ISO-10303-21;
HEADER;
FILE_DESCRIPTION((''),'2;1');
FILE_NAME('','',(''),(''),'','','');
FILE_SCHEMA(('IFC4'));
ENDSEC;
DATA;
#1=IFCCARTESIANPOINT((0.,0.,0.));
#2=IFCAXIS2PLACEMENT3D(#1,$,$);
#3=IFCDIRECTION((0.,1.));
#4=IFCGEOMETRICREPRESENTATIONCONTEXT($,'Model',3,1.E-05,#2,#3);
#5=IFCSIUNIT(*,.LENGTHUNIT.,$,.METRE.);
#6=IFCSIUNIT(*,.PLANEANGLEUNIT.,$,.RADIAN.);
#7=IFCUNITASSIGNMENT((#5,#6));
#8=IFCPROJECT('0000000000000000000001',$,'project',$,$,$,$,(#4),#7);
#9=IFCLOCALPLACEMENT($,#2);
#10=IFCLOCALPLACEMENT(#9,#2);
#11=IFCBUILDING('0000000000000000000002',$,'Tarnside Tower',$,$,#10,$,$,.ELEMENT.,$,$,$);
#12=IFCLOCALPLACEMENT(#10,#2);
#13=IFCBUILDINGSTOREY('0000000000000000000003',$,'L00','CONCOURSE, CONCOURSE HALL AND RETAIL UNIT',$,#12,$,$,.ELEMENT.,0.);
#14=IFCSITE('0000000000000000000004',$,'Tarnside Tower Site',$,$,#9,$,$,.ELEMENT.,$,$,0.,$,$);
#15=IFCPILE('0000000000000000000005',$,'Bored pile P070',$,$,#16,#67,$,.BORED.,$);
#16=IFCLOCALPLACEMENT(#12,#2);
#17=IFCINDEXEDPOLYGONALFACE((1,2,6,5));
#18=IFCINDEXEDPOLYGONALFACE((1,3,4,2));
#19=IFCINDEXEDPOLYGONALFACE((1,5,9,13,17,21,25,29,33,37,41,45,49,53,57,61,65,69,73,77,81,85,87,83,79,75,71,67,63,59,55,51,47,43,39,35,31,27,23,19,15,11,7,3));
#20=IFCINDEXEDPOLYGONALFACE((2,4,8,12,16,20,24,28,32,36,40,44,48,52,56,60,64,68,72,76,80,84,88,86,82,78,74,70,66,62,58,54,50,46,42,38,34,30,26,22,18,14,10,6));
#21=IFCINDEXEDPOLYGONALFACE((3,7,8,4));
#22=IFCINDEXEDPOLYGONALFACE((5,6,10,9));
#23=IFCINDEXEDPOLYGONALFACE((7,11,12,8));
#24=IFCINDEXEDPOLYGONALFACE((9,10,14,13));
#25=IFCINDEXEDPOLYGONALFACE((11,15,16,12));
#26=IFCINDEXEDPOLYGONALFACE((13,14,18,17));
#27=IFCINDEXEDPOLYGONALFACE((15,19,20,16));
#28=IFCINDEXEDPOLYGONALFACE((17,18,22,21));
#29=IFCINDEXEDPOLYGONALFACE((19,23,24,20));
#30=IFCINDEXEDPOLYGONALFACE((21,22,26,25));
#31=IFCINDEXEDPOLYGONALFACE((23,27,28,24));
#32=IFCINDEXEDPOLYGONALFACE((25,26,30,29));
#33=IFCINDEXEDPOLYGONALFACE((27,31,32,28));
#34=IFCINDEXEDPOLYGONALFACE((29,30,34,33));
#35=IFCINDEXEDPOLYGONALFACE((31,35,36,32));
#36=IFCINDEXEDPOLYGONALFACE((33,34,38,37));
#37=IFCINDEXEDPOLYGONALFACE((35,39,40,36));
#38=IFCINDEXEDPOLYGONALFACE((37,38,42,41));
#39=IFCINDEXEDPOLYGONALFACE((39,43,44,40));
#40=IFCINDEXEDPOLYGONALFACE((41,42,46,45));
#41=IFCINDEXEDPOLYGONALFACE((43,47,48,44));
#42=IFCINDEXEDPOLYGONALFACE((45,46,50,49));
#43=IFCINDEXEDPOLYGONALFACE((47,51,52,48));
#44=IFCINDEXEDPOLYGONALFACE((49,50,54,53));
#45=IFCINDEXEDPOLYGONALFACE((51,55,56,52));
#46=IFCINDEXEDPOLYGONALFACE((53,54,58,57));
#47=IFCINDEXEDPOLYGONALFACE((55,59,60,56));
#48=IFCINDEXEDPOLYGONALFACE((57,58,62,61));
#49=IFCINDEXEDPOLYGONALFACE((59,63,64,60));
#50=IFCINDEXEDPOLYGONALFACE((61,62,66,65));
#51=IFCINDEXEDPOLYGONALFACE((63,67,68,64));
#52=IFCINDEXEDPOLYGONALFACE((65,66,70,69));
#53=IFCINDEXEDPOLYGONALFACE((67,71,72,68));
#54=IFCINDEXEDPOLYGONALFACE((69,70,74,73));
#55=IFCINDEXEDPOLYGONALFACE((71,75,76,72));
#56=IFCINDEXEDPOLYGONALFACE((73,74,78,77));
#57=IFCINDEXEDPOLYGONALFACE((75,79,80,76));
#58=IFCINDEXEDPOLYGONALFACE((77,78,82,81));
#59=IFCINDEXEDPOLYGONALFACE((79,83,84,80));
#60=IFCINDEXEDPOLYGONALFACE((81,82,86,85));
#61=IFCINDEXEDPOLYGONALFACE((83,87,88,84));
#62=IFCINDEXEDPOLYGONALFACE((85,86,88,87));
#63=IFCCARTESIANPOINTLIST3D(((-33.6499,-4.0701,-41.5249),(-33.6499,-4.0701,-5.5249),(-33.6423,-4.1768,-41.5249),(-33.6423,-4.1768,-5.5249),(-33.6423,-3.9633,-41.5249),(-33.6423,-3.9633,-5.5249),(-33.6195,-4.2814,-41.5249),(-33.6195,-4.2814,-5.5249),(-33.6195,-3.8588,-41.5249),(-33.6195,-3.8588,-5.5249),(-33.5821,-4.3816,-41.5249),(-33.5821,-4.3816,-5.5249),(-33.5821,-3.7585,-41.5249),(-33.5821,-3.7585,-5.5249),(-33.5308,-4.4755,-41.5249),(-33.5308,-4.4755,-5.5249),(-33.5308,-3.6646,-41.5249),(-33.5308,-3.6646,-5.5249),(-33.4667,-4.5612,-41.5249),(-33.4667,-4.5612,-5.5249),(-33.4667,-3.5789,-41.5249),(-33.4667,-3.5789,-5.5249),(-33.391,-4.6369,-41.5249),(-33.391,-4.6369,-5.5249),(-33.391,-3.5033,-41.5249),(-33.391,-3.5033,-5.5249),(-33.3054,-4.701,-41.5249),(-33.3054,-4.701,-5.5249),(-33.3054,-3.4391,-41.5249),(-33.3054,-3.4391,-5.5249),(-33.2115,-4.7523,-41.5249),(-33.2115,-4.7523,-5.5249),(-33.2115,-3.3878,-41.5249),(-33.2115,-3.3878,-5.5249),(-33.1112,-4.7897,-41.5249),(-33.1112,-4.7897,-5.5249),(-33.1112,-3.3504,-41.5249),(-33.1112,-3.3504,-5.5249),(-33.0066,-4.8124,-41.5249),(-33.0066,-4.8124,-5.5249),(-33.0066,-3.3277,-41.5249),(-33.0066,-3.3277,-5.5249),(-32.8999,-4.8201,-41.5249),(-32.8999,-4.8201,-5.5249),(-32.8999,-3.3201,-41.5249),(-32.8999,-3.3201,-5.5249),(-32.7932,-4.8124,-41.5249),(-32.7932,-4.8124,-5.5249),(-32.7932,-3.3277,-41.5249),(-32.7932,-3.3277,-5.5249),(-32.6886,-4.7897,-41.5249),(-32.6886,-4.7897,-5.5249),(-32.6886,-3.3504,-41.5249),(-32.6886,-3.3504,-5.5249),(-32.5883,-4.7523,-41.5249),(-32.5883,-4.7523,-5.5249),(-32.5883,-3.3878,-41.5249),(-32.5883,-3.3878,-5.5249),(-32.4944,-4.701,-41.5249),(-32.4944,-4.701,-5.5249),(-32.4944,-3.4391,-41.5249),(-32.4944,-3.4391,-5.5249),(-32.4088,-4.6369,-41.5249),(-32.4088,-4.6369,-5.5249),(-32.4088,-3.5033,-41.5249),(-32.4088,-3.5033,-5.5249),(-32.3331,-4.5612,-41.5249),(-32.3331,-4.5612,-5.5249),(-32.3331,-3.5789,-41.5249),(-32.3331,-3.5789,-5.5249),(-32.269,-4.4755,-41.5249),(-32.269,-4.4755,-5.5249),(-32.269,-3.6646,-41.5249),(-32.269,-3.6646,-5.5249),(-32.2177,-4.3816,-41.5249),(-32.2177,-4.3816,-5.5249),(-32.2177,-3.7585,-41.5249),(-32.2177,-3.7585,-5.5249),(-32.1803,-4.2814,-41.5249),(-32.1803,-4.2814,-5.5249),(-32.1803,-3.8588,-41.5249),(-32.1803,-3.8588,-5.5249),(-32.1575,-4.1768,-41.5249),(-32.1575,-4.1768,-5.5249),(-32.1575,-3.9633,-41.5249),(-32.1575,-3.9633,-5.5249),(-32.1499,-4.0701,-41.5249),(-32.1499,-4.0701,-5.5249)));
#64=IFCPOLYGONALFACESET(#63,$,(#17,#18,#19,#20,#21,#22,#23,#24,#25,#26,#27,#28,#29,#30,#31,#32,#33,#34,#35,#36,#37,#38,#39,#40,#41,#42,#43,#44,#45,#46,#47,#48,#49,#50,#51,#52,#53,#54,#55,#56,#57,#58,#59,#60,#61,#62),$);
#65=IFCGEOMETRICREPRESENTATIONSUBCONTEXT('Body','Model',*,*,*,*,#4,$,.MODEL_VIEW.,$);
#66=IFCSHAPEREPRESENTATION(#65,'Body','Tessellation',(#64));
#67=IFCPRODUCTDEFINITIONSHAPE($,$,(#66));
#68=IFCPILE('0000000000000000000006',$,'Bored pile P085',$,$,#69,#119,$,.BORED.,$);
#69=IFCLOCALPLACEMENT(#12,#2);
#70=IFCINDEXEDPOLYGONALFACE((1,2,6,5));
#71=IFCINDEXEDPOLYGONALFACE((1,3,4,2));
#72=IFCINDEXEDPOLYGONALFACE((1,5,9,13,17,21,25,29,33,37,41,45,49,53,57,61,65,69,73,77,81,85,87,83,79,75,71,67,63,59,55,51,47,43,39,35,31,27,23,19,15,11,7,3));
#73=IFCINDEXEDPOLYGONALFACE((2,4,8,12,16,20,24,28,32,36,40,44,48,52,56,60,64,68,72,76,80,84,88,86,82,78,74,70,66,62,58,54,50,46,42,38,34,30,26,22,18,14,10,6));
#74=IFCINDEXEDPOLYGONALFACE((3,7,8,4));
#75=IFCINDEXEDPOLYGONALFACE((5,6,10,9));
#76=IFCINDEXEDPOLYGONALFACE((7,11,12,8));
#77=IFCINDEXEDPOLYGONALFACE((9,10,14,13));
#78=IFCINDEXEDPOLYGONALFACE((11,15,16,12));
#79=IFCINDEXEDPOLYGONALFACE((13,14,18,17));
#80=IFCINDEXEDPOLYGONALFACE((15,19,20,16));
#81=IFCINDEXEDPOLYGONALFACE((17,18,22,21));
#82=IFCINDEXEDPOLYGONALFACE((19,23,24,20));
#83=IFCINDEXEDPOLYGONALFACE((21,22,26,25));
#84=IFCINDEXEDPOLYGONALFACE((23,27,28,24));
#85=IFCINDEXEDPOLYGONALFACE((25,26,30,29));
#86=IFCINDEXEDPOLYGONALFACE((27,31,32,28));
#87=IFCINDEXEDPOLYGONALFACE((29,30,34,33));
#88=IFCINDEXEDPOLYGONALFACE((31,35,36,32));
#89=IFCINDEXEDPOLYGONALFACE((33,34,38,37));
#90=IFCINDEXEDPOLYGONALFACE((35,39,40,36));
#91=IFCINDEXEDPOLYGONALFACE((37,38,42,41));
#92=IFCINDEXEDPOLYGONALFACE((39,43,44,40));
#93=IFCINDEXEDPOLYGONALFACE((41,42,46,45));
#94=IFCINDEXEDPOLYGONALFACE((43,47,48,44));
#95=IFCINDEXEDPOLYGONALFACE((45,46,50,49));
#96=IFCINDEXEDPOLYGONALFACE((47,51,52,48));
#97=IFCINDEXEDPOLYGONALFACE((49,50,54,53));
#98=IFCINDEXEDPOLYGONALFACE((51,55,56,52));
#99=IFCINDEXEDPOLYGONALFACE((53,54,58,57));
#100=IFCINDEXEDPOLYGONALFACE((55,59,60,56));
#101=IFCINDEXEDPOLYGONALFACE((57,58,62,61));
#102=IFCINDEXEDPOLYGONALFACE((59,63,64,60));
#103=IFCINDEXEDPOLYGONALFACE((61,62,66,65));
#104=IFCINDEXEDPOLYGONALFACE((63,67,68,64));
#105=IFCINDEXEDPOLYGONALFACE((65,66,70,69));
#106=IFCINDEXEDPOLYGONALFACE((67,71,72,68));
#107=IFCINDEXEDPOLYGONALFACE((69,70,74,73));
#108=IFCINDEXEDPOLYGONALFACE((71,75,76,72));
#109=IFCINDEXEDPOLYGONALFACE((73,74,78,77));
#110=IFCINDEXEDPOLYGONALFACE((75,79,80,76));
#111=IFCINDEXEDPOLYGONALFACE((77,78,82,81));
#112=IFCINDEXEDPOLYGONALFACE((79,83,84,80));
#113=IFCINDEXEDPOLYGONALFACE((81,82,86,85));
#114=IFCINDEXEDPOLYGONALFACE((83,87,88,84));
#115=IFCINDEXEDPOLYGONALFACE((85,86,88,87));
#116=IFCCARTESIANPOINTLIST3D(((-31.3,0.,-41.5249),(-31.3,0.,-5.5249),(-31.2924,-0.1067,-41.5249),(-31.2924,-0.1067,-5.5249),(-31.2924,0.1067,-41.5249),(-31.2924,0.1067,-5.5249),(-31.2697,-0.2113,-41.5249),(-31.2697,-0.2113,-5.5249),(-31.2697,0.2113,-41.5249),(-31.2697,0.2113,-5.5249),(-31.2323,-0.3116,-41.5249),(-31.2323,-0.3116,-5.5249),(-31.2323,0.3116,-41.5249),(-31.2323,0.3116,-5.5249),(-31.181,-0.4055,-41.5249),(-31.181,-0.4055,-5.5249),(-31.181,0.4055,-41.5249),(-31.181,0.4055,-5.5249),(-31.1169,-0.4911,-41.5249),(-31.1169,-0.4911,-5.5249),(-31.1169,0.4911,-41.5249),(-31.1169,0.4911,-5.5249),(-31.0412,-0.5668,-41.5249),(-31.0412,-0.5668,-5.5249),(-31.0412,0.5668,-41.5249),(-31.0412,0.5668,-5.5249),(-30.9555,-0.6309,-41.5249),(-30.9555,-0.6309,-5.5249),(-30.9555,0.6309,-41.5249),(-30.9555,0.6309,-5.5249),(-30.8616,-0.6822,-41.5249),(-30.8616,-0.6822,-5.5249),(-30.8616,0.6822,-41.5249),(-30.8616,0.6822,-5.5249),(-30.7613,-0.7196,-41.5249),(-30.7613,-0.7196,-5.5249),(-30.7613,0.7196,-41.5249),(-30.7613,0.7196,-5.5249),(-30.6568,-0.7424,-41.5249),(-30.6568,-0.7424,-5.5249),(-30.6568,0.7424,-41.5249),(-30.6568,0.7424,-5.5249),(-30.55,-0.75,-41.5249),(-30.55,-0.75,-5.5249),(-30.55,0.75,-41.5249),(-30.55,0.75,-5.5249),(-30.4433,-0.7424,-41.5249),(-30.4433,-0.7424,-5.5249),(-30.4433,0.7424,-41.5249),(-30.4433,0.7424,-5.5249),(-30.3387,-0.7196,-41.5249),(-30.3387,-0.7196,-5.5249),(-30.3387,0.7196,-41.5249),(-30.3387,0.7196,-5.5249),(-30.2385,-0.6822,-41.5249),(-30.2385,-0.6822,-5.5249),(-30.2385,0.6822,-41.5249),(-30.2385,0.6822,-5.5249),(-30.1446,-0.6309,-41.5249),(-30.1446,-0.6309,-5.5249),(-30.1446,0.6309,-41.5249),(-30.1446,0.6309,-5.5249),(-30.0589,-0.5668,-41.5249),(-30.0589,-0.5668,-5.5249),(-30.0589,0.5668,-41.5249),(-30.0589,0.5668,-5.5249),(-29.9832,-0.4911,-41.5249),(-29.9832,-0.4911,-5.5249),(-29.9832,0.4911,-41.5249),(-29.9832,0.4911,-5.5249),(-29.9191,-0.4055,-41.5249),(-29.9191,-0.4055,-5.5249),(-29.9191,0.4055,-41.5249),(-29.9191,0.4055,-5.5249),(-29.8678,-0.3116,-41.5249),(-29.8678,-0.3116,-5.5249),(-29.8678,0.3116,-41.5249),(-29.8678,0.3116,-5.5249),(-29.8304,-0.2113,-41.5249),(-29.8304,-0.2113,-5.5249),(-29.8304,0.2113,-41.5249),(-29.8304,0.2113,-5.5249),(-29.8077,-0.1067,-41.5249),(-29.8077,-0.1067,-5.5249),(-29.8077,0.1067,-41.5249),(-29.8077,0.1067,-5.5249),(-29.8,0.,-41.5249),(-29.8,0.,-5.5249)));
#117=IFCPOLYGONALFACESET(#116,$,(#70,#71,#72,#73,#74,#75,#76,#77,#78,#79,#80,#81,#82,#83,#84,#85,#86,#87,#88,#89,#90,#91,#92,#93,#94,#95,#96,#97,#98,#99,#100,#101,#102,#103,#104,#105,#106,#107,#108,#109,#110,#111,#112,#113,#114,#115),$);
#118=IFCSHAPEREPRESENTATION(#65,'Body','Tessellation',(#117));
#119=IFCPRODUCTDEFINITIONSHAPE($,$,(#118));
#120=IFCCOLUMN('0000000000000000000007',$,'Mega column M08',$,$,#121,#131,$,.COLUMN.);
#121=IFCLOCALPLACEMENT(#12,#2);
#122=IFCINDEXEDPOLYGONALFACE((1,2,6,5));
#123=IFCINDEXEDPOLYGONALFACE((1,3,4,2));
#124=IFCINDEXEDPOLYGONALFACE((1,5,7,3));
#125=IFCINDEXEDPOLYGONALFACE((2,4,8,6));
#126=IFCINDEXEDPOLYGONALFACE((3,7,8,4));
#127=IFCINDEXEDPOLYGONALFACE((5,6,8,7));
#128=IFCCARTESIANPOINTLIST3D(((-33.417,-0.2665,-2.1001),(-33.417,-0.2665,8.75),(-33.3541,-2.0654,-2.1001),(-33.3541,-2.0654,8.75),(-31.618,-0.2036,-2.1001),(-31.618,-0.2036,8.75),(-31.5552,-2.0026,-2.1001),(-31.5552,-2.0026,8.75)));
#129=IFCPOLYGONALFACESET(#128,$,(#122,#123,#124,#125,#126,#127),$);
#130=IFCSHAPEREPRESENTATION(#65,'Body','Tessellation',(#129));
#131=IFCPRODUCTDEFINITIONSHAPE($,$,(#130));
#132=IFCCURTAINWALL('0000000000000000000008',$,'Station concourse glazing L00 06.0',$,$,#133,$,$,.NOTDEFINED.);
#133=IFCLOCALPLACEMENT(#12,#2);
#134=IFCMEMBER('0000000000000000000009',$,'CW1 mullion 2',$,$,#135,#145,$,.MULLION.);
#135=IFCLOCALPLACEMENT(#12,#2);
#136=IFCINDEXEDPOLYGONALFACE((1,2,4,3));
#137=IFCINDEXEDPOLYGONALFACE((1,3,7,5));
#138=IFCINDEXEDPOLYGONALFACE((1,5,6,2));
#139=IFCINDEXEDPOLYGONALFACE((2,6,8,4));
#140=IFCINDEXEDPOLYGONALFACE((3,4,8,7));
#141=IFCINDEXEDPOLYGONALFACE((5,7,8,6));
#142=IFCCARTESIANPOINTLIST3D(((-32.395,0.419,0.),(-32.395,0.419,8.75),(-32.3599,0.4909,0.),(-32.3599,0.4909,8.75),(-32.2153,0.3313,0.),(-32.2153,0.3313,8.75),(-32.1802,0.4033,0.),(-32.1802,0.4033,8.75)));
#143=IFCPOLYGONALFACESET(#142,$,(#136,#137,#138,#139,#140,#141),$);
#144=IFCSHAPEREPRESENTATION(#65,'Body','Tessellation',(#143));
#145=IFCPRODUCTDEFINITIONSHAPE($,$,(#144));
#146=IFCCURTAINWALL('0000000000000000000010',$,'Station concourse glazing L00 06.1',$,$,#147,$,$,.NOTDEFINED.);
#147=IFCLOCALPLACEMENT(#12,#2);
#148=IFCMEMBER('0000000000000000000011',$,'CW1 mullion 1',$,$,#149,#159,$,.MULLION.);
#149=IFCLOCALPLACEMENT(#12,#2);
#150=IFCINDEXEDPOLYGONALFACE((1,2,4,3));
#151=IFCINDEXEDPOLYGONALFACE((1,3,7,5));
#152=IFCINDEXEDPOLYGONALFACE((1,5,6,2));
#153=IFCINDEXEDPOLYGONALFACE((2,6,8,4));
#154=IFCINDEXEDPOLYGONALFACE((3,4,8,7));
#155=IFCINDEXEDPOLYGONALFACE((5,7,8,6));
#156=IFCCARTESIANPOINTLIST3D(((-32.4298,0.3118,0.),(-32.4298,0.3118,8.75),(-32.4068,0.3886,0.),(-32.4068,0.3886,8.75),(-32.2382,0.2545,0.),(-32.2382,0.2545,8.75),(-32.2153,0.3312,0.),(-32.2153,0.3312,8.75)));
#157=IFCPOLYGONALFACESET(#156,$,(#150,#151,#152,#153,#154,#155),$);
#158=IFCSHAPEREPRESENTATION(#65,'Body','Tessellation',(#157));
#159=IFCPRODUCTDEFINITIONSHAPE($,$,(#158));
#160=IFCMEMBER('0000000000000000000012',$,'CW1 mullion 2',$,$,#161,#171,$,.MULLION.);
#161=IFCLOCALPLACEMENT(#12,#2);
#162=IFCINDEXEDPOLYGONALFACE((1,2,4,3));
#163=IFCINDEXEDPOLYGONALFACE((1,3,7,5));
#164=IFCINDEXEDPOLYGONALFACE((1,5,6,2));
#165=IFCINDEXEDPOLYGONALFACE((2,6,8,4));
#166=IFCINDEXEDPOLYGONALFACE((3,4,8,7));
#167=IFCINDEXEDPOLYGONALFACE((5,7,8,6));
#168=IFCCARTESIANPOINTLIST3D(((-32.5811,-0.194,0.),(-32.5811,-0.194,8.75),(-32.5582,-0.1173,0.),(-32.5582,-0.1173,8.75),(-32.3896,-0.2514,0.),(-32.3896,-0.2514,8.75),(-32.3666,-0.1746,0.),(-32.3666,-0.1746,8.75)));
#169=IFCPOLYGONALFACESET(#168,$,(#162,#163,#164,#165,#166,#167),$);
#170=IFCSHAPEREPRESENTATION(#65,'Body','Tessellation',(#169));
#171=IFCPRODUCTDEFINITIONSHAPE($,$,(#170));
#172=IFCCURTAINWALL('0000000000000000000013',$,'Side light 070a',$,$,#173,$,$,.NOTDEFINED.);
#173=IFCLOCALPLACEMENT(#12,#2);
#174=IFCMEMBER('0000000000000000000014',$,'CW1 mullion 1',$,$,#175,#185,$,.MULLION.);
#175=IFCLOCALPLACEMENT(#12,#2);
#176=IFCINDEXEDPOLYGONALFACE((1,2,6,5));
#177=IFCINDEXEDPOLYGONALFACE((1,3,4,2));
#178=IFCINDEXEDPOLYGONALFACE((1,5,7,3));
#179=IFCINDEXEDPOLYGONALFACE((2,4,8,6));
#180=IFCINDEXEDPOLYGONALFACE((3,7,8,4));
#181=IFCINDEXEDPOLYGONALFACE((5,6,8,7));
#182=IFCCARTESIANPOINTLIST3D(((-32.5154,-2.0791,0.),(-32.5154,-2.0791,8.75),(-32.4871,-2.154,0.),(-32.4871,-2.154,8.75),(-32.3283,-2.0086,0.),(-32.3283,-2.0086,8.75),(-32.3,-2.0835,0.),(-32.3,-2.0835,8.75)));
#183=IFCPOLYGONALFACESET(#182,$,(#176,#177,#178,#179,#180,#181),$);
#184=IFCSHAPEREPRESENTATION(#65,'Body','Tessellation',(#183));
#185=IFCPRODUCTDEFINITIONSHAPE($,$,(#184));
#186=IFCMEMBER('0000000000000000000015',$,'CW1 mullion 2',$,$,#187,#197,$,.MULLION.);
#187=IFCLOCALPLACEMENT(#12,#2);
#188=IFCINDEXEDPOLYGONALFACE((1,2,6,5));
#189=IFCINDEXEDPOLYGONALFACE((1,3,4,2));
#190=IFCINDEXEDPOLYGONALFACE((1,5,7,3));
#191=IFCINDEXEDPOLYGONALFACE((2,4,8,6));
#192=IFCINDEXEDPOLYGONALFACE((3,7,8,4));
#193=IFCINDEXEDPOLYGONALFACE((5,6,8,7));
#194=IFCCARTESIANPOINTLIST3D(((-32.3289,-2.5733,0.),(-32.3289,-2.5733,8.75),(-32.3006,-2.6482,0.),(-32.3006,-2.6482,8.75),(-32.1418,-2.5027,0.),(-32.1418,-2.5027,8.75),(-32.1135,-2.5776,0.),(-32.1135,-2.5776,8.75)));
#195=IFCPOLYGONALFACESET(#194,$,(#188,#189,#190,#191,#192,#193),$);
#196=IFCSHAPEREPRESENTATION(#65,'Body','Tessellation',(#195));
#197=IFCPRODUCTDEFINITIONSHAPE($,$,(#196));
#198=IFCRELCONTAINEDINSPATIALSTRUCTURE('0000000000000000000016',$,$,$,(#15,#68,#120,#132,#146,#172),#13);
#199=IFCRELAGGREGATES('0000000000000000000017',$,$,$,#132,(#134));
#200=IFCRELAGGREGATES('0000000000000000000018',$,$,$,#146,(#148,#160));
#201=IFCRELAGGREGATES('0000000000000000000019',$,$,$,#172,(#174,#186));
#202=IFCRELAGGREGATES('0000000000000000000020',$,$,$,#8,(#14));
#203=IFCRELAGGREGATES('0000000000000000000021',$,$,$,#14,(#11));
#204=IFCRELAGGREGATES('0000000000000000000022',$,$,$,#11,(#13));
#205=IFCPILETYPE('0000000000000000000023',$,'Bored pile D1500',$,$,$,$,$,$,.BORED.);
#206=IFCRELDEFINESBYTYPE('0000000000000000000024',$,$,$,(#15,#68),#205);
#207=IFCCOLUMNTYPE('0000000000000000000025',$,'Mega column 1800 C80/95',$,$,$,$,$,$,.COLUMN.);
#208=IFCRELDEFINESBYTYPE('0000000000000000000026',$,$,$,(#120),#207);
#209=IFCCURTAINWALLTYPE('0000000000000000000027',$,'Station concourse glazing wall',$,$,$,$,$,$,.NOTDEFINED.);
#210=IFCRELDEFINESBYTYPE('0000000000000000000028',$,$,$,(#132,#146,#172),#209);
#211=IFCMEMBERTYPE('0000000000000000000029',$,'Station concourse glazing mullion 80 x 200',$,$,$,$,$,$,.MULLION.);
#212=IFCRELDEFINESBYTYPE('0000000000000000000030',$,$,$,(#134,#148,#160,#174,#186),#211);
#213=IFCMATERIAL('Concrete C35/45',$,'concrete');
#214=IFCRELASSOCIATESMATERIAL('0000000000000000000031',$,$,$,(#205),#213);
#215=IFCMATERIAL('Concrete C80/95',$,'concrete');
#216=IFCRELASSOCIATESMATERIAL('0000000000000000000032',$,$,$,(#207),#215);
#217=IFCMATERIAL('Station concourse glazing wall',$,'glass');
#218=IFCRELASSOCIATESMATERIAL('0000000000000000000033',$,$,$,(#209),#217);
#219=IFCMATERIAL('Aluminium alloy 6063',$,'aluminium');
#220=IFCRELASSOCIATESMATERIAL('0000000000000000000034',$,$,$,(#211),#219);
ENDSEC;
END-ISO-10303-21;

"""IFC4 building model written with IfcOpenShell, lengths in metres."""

from ifc_helpers import new_model, si_unit, direction, frame, origin, origin_2d, place, context, subcontext, project, spatial, rectangle, circle, extrude, material, material_profile, profile_set, type_object, element, aggregate, save


model = new_model("IFC4")

# Units and contexts
model_context = context("Model", 3, precision=1e-05, world=origin(), true_north=direction((0.0, 1.0)))
body_context = subcontext(model_context, "Body", "Model", "MODEL_VIEW")
ifc_project = project(units=[si_unit("LENGTHUNIT", "METRE"), si_unit("PLANEANGLEUNIT", "RADIAN")], contexts=[model_context])

# Site, building, storey
site_placement = place(None, origin())
site = spatial("IfcSite", under=ifc_project, at=site_placement, Name="Tarnside Tower Site", CompositionType="ELEMENT", RefElevation=0.0)
building_placement = place(site_placement, origin())
building = spatial("IfcBuilding", under=site, at=building_placement, Name="Tarnside Tower", CompositionType="ELEMENT")
storey_placement = place(building_placement, origin())
storey = spatial("IfcBuildingStorey", under=building, at=storey_placement, Name="L00", Description="CONCOURSE, CONCOURSE HALL AND RETAIL UNIT", CompositionType="ELEMENT", Elevation=0.0)

# Piles
ifc_material_1 = material(Name="Concrete C35/45", Category="concrete")
ifc_material_profile_1 = material_profile(ifc_material_1, circle(Radius=0.75, at=origin_2d()), Name="Bored pile D1500")
ifc_profile_set_1 = profile_set([ifc_material_profile_1], Name="Concrete C35/45")
pile_type = type_object("IfcPileType", Name="Bored pile D1500", PredefinedType="BORED", material=ifc_profile_set_1)
for number, where, z_axis, x_axis, name in (
    (1, (-32.8999, -4.0701, -5.5249), (0.0, 0.0, -1.0), (1.0, 0.0, 0.0), "Bored pile P070"),
    (2, (-30.55, 0.0, -5.5249), (0.0, 0.0, -1.0), (1.0, 0.0, 0.0), "Bored pile P085"),
):
    element("IfcPile", number, at=place(storey_placement, frame(where, z_axis=z_axis, x_axis=x_axis)), inside=storey, type_object=pile_type, Name=name, PredefinedType="BORED", context=body_context, shape_type="SweptSolid", body=[
        extrude(circle(Radius=0.75, at=origin_2d()), origin(), (0.0, 0.0, 1.0), 36.0),
    ])

# Column
ifc_material_2 = material(Name="Concrete C80/95", Category="concrete")
ifc_material_profile_2 = material_profile(ifc_material_2, rectangle(XDim=1.8, YDim=1.8, at=origin_2d()), Name="Mega column 1800x1800")
ifc_profile_set_2 = profile_set([ifc_material_profile_2], Name="Concrete C80/95")
column_type = type_object("IfcColumnType", Name="Mega column 1800 C80/95", PredefinedType="COLUMN", material=ifc_profile_set_2)
column_placement = place(storey_placement, frame((-32.4861, -1.1345, -2.1001), z_axis=(0.0, 0.0, 1.0), x_axis=(-0.034899, 0.999391, 0.0)))
element("IfcColumn", 3, at=column_placement, inside=storey, type_object=column_type, Name="Mega column M08", PredefinedType="COLUMN", context=body_context, shape_type="SweptSolid", body=[
    extrude(rectangle(XDim=1.8, YDim=1.8, at=origin_2d()), origin(), (0.0, 0.0, 1.0), 10.8501),
])

# Curtain wall, member
ifc_material_3 = material(Name="Station concourse glazing wall", Category="glass")
curtain_wall_type = type_object("IfcCurtainWallType", Name="Station concourse glazing wall", PredefinedType="NOTDEFINED", material=ifc_material_3)
curtain_wall_1_placement = place(storey_placement, origin())
curtain_wall_1 = element("IfcCurtainWall", 4, at=curtain_wall_1_placement, inside=storey, type_object=curtain_wall_type, Name="Station concourse glazing L00 06.0", PredefinedType="NOTDEFINED")
ifc_material_4 = material(Name="Aluminium alloy 6063", Category="aluminium")
ifc_material_profile_3 = material_profile(ifc_material_4, rectangle(XDim=0.2, YDim=0.0801, at=origin_2d()), Name="Station concourse glazing mullion 80 x 200")
ifc_profile_set_3 = profile_set([ifc_material_profile_3], Name="Aluminium alloy 6063")
member_type = type_object("IfcMemberType", Name="Station concourse glazing mullion 80 x 200", PredefinedType="MULLION", material=ifc_profile_set_3)
member_1_placement = place(storey_placement, frame((-32.2876, 0.4111, 0.0), z_axis=(0.0, 0.0, 1.0), x_axis=(0.898794, -0.438371, 0.0)))
member_1 = element("IfcMember", 5, at=member_1_placement, type_object=member_type, Name="CW1 mullion 2", PredefinedType="MULLION", context=body_context, shape_type="SweptSolid", body=[
    extrude(rectangle(XDim=0.2, YDim=0.0801, at=origin_2d()), origin(), (0.0, 0.0, 1.0), 8.75),
])
aggregate(curtain_wall_1, [member_1])

# Curtain walls, members
curtain_wall_2_placement = place(storey_placement, origin())
curtain_wall_2 = element("IfcCurtainWall", 6, at=curtain_wall_2_placement, inside=storey, type_object=curtain_wall_type, Name="Station concourse glazing L00 06.1", PredefinedType="NOTDEFINED")
member_2_placement = place(storey_placement, frame((-32.3225, 0.3215, 0.0), z_axis=(0.0, 0.0, 1.0), x_axis=(0.95799, -0.286803, 0.0)))
member_2 = element("IfcMember", 7, at=member_2_placement, type_object=member_type, Name="CW1 mullion 1", PredefinedType="MULLION", context=body_context, shape_type="SweptSolid", body=[
    extrude(rectangle(XDim=0.2, YDim=0.0801, at=origin_2d()), origin(), (0.0, 0.0, 1.0), 8.75),
])
member_3_placement = place(storey_placement, frame((-32.4739, -0.1843, 0.0), z_axis=(0.0, 0.0, 1.0), x_axis=(0.95799, -0.286803, 0.0)))
member_3 = element("IfcMember", 8, at=member_3_placement, type_object=member_type, Name="CW1 mullion 2", PredefinedType="MULLION", context=body_context, shape_type="SweptSolid", body=[
    extrude(rectangle(XDim=0.2, YDim=0.0801, at=origin_2d()), origin(), (0.0, 0.0, 1.0), 8.75),
])
aggregate(curtain_wall_2, [member_2, member_3])
curtain_wall_3_placement = place(storey_placement, origin())
curtain_wall_3 = element("IfcCurtainWall", 9, at=curtain_wall_3_placement, inside=storey, type_object=curtain_wall_type, Name="Side light 070a", PredefinedType="NOTDEFINED")
member_4_placement = place(storey_placement, frame((-32.4077, -2.0813, 0.0), z_axis=(0.0, 0.0, 1.0), x_axis=(0.93565, 0.352931, 0.0)))
member_4 = element("IfcMember", 10, at=member_4_placement, type_object=member_type, Name="CW1 mullion 1", PredefinedType="MULLION", context=body_context, shape_type="SweptSolid", body=[
    extrude(rectangle(XDim=0.2, YDim=0.0801, at=origin_2d()), origin(), (0.0, 0.0, 1.0), 8.75),
])
member_5_placement = place(storey_placement, frame((-32.2212, -2.5754, 0.0), z_axis=(0.0, 0.0, 1.0), x_axis=(0.93565, 0.352931, 0.0)))
member_5 = element("IfcMember", 11, at=member_5_placement, type_object=member_type, Name="CW1 mullion 2", PredefinedType="MULLION", context=body_context, shape_type="SweptSolid", body=[
    extrude(rectangle(XDim=0.2, YDim=0.0801, at=origin_2d()), origin(), (0.0, 0.0, 1.0), 8.75),
])
aggregate(curtain_wall_3, [member_4, member_5])

save(model, "model.ifc")
